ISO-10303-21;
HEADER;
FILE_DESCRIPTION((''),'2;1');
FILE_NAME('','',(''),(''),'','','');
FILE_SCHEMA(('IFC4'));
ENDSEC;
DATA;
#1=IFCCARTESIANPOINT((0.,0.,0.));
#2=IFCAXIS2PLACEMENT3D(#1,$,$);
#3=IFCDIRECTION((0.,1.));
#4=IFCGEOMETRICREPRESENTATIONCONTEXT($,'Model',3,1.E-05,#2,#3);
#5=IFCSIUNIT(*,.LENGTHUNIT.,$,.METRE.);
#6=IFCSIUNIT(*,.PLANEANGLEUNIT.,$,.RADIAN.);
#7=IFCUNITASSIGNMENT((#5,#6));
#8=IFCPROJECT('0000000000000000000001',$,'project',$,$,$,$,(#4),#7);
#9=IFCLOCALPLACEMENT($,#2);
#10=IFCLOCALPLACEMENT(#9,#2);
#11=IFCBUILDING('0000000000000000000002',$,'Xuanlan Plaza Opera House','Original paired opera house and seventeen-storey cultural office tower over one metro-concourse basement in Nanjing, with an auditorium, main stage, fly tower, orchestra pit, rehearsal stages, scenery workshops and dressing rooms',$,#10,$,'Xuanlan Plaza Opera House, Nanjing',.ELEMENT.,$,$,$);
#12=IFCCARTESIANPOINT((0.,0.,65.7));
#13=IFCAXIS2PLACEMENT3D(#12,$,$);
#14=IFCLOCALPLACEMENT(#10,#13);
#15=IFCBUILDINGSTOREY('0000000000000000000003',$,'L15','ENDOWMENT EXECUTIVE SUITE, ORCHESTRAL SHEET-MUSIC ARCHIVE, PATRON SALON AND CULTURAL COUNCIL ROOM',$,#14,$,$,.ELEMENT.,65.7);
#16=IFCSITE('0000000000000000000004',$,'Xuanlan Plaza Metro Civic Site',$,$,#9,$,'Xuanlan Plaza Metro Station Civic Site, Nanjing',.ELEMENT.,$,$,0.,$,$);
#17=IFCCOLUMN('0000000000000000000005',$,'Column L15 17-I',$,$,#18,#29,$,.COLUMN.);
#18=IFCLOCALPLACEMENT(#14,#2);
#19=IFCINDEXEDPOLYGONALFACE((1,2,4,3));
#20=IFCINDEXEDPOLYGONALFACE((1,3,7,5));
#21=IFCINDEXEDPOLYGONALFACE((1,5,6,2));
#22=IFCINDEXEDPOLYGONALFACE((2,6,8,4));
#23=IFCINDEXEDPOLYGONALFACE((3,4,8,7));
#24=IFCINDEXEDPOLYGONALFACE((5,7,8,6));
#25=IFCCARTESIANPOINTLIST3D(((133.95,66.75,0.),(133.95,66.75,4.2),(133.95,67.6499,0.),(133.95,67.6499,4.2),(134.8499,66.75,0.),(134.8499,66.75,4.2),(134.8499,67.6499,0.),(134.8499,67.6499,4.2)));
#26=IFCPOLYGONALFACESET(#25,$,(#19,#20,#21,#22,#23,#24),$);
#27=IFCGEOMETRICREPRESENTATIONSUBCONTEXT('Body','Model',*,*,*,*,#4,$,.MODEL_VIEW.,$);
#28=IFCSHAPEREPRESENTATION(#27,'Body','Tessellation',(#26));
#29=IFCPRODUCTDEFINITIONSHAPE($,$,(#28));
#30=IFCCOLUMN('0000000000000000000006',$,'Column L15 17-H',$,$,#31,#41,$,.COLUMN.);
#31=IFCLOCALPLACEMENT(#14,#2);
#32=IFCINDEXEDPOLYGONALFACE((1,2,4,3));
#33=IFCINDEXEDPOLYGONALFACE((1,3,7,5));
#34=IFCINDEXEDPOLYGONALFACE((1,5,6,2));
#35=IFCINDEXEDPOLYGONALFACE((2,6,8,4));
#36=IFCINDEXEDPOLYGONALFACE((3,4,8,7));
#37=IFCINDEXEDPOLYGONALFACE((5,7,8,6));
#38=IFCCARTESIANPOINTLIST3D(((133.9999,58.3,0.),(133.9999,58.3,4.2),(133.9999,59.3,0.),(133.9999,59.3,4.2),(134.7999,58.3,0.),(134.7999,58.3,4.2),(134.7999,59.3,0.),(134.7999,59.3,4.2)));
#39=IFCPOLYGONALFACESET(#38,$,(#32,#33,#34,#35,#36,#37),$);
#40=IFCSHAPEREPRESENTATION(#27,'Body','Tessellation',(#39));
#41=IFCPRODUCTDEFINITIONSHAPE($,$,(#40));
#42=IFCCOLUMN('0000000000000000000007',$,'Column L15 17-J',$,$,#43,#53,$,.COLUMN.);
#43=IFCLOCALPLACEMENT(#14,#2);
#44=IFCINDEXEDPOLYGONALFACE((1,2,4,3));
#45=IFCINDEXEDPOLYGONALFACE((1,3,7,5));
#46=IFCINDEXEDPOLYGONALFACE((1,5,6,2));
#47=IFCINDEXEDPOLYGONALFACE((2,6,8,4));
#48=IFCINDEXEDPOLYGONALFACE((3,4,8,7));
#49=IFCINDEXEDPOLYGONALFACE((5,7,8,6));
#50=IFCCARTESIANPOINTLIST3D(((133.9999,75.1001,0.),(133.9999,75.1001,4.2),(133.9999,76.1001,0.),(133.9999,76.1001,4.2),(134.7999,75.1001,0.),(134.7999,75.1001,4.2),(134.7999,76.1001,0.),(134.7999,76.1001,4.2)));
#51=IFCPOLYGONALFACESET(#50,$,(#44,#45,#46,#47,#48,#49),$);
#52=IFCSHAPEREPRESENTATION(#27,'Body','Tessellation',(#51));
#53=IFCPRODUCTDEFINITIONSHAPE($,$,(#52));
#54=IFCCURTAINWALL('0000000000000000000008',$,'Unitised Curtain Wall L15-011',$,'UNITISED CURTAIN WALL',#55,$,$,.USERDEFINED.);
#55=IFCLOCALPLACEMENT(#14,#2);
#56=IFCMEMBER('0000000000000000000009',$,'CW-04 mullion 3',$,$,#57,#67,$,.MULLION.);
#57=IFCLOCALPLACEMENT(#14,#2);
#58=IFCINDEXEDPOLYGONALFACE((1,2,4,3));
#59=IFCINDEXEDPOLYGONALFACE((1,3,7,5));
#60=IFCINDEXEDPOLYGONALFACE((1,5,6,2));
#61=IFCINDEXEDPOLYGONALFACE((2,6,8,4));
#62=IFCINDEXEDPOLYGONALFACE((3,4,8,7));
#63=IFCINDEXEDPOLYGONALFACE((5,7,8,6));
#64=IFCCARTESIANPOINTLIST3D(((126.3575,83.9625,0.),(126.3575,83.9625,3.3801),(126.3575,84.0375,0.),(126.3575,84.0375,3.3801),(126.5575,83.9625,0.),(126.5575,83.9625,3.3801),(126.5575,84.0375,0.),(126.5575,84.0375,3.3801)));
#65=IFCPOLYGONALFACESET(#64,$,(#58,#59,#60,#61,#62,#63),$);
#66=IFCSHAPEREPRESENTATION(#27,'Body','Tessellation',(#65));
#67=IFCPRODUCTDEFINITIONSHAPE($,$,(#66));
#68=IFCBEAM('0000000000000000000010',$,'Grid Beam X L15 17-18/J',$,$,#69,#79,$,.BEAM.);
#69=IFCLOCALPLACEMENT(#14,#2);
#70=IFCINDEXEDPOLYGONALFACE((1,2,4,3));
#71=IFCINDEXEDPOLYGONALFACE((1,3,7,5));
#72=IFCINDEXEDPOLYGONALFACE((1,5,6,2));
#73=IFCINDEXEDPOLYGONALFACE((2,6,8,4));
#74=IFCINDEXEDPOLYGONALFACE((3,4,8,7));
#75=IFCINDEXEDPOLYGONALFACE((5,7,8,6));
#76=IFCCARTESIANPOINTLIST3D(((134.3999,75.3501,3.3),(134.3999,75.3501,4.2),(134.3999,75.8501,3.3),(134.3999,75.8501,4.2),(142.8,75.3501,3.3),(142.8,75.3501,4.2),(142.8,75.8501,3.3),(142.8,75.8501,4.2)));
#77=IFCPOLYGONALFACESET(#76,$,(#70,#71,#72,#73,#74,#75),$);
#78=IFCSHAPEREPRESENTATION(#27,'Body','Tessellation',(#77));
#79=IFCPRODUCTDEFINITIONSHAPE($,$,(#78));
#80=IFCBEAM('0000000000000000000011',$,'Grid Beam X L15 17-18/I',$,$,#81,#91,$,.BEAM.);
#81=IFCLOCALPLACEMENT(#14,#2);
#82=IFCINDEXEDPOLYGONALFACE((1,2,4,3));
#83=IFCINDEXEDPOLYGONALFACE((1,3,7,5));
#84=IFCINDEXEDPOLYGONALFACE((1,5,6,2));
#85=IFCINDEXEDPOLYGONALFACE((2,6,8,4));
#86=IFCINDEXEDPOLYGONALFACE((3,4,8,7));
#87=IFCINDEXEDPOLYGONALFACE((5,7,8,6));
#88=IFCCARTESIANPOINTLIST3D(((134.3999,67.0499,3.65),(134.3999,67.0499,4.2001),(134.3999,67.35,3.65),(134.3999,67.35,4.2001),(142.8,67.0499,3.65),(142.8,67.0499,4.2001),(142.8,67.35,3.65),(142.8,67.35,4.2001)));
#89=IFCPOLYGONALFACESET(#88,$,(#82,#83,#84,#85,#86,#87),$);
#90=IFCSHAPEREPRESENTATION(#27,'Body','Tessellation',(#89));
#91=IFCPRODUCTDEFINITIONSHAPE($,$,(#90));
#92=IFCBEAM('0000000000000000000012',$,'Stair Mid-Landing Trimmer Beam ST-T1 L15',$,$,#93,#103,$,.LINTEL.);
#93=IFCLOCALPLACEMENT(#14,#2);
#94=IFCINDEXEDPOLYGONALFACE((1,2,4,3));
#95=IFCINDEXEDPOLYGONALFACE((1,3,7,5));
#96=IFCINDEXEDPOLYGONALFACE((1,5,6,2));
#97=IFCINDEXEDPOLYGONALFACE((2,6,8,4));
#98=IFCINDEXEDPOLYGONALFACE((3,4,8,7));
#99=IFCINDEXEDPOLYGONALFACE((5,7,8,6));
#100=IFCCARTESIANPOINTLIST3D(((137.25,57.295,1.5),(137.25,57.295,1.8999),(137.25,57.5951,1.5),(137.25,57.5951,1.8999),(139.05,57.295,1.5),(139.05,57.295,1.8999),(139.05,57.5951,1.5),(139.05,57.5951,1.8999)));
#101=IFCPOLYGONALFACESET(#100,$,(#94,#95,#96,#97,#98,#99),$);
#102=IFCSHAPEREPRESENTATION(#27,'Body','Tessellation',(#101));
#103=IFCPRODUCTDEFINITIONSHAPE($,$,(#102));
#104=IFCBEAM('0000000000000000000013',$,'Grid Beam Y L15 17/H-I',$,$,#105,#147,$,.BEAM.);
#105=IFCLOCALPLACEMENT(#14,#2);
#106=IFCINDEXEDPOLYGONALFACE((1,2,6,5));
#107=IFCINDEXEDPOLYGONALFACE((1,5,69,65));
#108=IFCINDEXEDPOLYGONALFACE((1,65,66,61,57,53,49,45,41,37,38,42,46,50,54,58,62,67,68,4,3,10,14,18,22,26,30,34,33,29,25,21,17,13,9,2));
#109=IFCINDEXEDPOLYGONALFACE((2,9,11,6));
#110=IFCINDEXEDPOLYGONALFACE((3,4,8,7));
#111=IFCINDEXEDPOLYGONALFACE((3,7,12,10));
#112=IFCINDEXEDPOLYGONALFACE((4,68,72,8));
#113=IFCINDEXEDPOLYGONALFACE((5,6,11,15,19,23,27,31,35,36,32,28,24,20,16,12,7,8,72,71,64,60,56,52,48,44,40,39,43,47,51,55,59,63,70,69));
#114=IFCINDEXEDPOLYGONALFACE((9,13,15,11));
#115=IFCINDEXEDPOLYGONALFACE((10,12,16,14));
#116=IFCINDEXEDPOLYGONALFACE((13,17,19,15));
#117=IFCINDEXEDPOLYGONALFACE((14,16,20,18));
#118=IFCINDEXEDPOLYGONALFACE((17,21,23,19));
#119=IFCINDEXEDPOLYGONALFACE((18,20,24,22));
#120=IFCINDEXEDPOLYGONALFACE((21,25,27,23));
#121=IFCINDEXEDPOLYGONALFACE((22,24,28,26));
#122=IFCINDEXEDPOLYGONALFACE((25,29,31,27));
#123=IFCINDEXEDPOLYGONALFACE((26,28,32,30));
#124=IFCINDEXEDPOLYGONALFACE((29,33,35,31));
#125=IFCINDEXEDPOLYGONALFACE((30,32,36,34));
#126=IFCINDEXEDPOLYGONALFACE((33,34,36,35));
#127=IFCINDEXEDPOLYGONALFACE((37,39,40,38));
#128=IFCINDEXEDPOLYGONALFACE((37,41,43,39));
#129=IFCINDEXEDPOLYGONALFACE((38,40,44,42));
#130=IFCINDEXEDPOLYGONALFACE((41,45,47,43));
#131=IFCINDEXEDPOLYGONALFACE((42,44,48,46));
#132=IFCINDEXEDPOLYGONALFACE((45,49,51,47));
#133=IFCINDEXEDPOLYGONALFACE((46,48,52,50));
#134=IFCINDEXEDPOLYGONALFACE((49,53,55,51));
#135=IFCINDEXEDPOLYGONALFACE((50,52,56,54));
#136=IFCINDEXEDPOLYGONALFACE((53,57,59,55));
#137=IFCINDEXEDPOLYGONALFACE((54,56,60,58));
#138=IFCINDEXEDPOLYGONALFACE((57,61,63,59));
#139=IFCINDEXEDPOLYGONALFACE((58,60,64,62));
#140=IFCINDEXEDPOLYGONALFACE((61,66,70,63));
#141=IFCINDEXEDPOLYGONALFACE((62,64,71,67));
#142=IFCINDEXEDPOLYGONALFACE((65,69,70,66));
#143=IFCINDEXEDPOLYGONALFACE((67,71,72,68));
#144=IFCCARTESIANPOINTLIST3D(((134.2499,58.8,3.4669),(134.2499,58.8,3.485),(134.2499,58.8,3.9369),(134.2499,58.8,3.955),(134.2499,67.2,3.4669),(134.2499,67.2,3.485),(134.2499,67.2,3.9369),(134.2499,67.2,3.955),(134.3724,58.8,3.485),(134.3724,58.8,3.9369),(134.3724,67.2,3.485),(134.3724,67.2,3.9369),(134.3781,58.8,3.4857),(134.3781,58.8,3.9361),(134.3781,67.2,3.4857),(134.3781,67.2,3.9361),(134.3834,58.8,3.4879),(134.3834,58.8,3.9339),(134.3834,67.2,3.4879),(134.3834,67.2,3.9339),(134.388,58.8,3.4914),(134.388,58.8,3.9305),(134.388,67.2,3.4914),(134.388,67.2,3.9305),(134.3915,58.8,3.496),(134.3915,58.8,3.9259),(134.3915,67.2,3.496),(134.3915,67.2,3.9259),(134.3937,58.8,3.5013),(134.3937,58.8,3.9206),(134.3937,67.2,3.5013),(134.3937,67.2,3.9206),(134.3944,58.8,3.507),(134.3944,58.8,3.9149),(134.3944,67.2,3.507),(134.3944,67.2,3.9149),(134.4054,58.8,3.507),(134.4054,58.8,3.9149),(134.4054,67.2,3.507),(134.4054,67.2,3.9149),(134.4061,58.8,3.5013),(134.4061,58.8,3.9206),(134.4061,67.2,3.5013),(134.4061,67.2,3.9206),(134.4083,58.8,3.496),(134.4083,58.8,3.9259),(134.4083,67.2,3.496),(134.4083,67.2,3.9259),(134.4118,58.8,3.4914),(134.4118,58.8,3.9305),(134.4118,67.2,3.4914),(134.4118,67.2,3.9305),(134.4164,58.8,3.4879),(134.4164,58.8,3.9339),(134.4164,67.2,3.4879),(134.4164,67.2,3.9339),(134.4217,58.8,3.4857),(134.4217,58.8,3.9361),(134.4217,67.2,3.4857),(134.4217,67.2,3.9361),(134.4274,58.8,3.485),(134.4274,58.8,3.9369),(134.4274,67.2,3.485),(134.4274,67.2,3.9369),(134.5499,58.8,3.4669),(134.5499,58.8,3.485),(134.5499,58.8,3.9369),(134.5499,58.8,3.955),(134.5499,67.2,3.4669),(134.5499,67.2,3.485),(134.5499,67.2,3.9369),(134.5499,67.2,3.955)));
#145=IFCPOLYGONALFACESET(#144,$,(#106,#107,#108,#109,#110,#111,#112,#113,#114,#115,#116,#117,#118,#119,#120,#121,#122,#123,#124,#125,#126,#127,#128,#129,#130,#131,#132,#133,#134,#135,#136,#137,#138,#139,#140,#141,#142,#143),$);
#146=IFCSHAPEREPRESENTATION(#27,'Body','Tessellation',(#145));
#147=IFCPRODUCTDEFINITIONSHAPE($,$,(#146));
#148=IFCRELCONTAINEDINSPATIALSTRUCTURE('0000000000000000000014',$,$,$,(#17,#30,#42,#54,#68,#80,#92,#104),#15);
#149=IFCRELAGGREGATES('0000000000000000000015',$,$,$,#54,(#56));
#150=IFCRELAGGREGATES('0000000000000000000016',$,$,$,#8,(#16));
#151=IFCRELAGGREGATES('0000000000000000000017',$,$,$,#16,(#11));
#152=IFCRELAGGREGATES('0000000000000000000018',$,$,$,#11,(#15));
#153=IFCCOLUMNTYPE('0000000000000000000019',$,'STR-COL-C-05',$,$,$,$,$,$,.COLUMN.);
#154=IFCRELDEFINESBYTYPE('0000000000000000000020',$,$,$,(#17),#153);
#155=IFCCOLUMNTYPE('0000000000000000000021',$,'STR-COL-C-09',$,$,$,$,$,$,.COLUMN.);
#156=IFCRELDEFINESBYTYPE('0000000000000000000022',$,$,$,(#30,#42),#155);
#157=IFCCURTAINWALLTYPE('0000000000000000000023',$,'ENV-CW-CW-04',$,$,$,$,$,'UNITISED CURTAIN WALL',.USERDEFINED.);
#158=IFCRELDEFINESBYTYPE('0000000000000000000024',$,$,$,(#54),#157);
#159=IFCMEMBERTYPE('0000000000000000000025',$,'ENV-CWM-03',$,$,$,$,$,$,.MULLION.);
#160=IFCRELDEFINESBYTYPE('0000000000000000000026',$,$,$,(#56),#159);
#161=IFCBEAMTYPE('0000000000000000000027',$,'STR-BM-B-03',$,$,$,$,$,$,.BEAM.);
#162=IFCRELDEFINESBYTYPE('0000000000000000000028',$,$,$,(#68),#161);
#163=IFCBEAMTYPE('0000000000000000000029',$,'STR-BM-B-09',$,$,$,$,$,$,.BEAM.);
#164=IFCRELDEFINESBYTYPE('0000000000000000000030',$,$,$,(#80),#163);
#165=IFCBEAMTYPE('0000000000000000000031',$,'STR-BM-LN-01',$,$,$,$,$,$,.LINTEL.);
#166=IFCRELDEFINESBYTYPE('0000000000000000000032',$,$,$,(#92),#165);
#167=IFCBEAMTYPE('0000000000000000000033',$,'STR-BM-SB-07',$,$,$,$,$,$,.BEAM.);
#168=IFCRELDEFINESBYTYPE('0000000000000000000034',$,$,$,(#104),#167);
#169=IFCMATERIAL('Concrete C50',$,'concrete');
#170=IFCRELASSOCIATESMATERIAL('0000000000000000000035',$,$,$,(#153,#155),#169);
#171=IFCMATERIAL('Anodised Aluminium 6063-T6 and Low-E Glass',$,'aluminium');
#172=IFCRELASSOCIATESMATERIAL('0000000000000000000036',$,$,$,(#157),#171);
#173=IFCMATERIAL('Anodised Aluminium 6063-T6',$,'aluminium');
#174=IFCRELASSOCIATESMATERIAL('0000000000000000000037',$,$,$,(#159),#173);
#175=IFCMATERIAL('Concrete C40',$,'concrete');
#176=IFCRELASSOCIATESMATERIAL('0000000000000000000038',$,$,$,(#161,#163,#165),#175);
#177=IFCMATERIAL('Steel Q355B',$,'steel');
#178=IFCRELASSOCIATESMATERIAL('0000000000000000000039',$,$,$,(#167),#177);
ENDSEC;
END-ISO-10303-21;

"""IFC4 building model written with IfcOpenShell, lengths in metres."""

from ifc_helpers import new_model, si_unit, direction, frame, origin, origin_2d, place, context, subcontext, project, spatial, rectangle, i_section, extrude, material, material_profile, profile_set, type_object, element, aggregate, save


model = new_model("IFC4")

# Units and contexts
model_context = context("Model", 3, precision=1e-05, world=origin(), true_north=direction((0.0, 1.0)))
body_context = subcontext(model_context, "Body", "Model", "MODEL_VIEW")
ifc_project = project(units=[si_unit("LENGTHUNIT", "METRE"), si_unit("PLANEANGLEUNIT", "RADIAN")], contexts=[model_context])

# Site, building, storey
site_placement = place(None, origin())
site = spatial("IfcSite", under=ifc_project, at=site_placement, Name="Xuanlan Plaza Metro Civic Site", LongName="Xuanlan Plaza Metro Station Civic Site, Nanjing", CompositionType="ELEMENT", RefElevation=0.0)
building_placement = place(site_placement, origin())
building = spatial("IfcBuilding", under=site, at=building_placement, Name="Xuanlan Plaza Opera House", Description="Original paired opera house and seventeen-storey cultural office tower over one metro-concourse basement in Nanjing, with an auditorium, main stage, fly tower, orchestra pit, rehearsal stages, scenery workshops and dressing rooms", LongName="Xuanlan Plaza Opera House, Nanjing", CompositionType="ELEMENT")
storey_placement = place(building_placement, frame((0.0, 0.0, 65.7)))
storey = spatial("IfcBuildingStorey", under=building, at=storey_placement, Name="L15", Description="ENDOWMENT EXECUTIVE SUITE, ORCHESTRAL SHEET-MUSIC ARCHIVE, PATRON SALON AND CULTURAL COUNCIL ROOM", CompositionType="ELEMENT", Elevation=65.7)

# Columns
ifc_material_1 = material(Name="Concrete C50", Category="concrete")
ifc_material_profile_1 = material_profile(ifc_material_1, rectangle(XDim=0.8999, YDim=0.8999, at=origin_2d()), Name="RC-COL 900x900")
ifc_profile_set_1 = profile_set([ifc_material_profile_1], Name="Concrete C50")
column_type_1 = type_object("IfcColumnType", Name="STR-COL-C-05", PredefinedType="COLUMN", material=ifc_profile_set_1)
column_placement = place(storey_placement, frame((134.3999, 67.2, 0.0), z_axis=(0.0, 0.0, 1.0), x_axis=(1.0, 0.0, 0.0)))
element("IfcColumn", 1, at=column_placement, inside=storey, type_object=column_type_1, Name="Column L15 17-I", PredefinedType="COLUMN", context=body_context, shape_type="SweptSolid", body=[
    extrude(rectangle(XDim=0.8999, YDim=0.8999, at=origin_2d()), origin(), (0.0, 0.0, 1.0), 4.2),
])
ifc_material_profile_2 = material_profile(ifc_material_1, rectangle(XDim=0.8, YDim=1.0, at=origin_2d()), Name="RC-COL 800x1000")
ifc_profile_set_2 = profile_set([ifc_material_profile_2], Name="Concrete C50")
column_type_2 = type_object("IfcColumnType", Name="STR-COL-C-09", PredefinedType="COLUMN", material=ifc_profile_set_2)
for number, where, z_axis, x_axis, name in (
    (2, (134.3999, 58.8, 0.0), (0.0, 0.0, 1.0), (1.0, 0.0, 0.0), "Column L15 17-H"),
    (3, (134.3999, 75.6001, 0.0), (0.0, 0.0, 1.0), (1.0, 0.0, 0.0), "Column L15 17-J"),
):
    element("IfcColumn", number, at=place(storey_placement, frame(where, z_axis=z_axis, x_axis=x_axis)), inside=storey, type_object=column_type_2, Name=name, PredefinedType="COLUMN", context=body_context, shape_type="SweptSolid", body=[
        extrude(rectangle(XDim=0.8, YDim=1.0, at=origin_2d()), origin(), (0.0, 0.0, 1.0), 4.2),
    ])

# Curtain wall, member
ifc_material_2 = material(Name="Anodised Aluminium 6063-T6 and Low-E Glass", Category="aluminium")
curtain_wall_type = type_object("IfcCurtainWallType", Name="ENV-CW-CW-04", ElementType="UNITISED CURTAIN WALL", PredefinedType="USERDEFINED", material=ifc_material_2)
curtain_wall_placement = place(storey_placement, origin())
curtain_wall = element("IfcCurtainWall", 4, at=curtain_wall_placement, inside=storey, type_object=curtain_wall_type, Name="Unitised Curtain Wall L15-011", ObjectType="UNITISED CURTAIN WALL", PredefinedType="USERDEFINED")
ifc_material_3 = material(Name="Anodised Aluminium 6063-T6", Category="aluminium")
ifc_material_profile_3 = material_profile(ifc_material_3, rectangle(XDim=0.075, YDim=0.2, at=origin_2d()), Name="ALU-M 75x200")
ifc_profile_set_3 = profile_set([ifc_material_profile_3], Name="Anodised Aluminium 6063-T6")
member_type = type_object("IfcMemberType", Name="ENV-CWM-03", PredefinedType="MULLION", material=ifc_profile_set_3)
member_placement = place(storey_placement, frame((126.4575, 84.0, 0.0), z_axis=(0.0, 0.0, 1.0), x_axis=(0.0, -1.0, 0.0)))
member = element("IfcMember", 5, at=member_placement, type_object=member_type, Name="CW-04 mullion 3", PredefinedType="MULLION", context=body_context, shape_type="SweptSolid", body=[
    extrude(rectangle(XDim=0.075, YDim=0.2, at=origin_2d()), origin(), (0.0, 0.0, 1.0), 3.3801),
])
aggregate(curtain_wall, [member])

# Beams
ifc_material_4 = material(Name="Concrete C40", Category="concrete")
ifc_material_profile_4 = material_profile(ifc_material_4, rectangle(XDim=0.5, YDim=0.8999, at=origin_2d()), Name="RC-BM 500x900")
ifc_profile_set_4 = profile_set([ifc_material_profile_4], Name="Concrete C40")
beam_type_1 = type_object("IfcBeamType", Name="STR-BM-B-03", PredefinedType="BEAM", material=ifc_profile_set_4)
beam_1_placement = place(storey_placement, frame((134.3999, 75.6001, 3.75), z_axis=(1.0, 0.0, 0.0), x_axis=(0.0, 1.0, 0.0)))
element("IfcBeam", 6, at=beam_1_placement, inside=storey, type_object=beam_type_1, Name="Grid Beam X L15 17-18/J", PredefinedType="BEAM", context=body_context, shape_type="SweptSolid", body=[
    extrude(rectangle(XDim=0.5, YDim=0.8999, at=origin_2d()), origin(), (0.0, 0.0, 1.0), 8.4001),
])
ifc_material_profile_5 = material_profile(ifc_material_4, rectangle(XDim=0.3, YDim=0.55, at=origin_2d()), Name="RC-BM 300x550")
ifc_profile_set_5 = profile_set([ifc_material_profile_5], Name="Concrete C40")
beam_type_2 = type_object("IfcBeamType", Name="STR-BM-B-09", PredefinedType="BEAM", material=ifc_profile_set_5)
beam_2_placement = place(storey_placement, frame((134.3999, 67.2, 3.925), z_axis=(1.0, 0.0, 0.0), x_axis=(0.0, 1.0, 0.0)))
element("IfcBeam", 7, at=beam_2_placement, inside=storey, type_object=beam_type_2, Name="Grid Beam X L15 17-18/I", PredefinedType="BEAM", context=body_context, shape_type="SweptSolid", body=[
    extrude(rectangle(XDim=0.3, YDim=0.55, at=origin_2d()), origin(), (0.0, 0.0, 1.0), 8.4001),
])
ifc_material_profile_6 = material_profile(ifc_material_4, rectangle(XDim=0.3, YDim=0.3999, at=origin_2d()), Name="RC-LNT 300x400")
ifc_profile_set_6 = profile_set([ifc_material_profile_6], Name="Concrete C40")
beam_type_3 = type_object("IfcBeamType", Name="STR-BM-LN-01", PredefinedType="LINTEL", material=ifc_profile_set_6)
beam_3_placement = place(storey_placement, frame((137.25, 57.4451, 1.7), z_axis=(1.0, 0.0, 0.0), x_axis=(0.0, 1.0, 0.0)))
element("IfcBeam", 8, at=beam_3_placement, inside=storey, type_object=beam_type_3, Name="Stair Mid-Landing Trimmer Beam ST-T1 L15", PredefinedType="LINTEL", context=body_context, shape_type="SweptSolid", body=[
    extrude(rectangle(XDim=0.3, YDim=0.3999, at=origin_2d()), origin(), (0.0, 0.0, 1.0), 1.8),
])
ifc_material_5 = material(Name="Steel Q355B", Category="steel")
ifc_material_profile_7 = material_profile(ifc_material_5, i_section(OverallWidth=0.3, OverallDepth=0.488, WebThickness=0.011, FlangeThickness=0.0181, FilletRadius=0.022, at=origin_2d()), Name="HM 488x300x11x18")
ifc_profile_set_7 = profile_set([ifc_material_profile_7], Name="Steel Q355B")
beam_type_4 = type_object("IfcBeamType", Name="STR-BM-SB-07", PredefinedType="BEAM", material=ifc_profile_set_7)
beam_4_placement = place(storey_placement, frame((134.3999, 58.8, 3.7109), z_axis=(0.0, 1.0, 0.0), x_axis=(-1.0, 0.0, 0.0)))
element("IfcBeam", 9, at=beam_4_placement, inside=storey, type_object=beam_type_4, Name="Grid Beam Y L15 17/H-I", PredefinedType="BEAM", context=body_context, shape_type="SweptSolid", body=[
    extrude(i_section(OverallWidth=0.3, OverallDepth=0.488, WebThickness=0.011, FlangeThickness=0.0181, FilletRadius=0.022, at=origin_2d()), origin(), (0.0, 0.0, 1.0), 8.3999),
])

save(model, "model.ifc")
